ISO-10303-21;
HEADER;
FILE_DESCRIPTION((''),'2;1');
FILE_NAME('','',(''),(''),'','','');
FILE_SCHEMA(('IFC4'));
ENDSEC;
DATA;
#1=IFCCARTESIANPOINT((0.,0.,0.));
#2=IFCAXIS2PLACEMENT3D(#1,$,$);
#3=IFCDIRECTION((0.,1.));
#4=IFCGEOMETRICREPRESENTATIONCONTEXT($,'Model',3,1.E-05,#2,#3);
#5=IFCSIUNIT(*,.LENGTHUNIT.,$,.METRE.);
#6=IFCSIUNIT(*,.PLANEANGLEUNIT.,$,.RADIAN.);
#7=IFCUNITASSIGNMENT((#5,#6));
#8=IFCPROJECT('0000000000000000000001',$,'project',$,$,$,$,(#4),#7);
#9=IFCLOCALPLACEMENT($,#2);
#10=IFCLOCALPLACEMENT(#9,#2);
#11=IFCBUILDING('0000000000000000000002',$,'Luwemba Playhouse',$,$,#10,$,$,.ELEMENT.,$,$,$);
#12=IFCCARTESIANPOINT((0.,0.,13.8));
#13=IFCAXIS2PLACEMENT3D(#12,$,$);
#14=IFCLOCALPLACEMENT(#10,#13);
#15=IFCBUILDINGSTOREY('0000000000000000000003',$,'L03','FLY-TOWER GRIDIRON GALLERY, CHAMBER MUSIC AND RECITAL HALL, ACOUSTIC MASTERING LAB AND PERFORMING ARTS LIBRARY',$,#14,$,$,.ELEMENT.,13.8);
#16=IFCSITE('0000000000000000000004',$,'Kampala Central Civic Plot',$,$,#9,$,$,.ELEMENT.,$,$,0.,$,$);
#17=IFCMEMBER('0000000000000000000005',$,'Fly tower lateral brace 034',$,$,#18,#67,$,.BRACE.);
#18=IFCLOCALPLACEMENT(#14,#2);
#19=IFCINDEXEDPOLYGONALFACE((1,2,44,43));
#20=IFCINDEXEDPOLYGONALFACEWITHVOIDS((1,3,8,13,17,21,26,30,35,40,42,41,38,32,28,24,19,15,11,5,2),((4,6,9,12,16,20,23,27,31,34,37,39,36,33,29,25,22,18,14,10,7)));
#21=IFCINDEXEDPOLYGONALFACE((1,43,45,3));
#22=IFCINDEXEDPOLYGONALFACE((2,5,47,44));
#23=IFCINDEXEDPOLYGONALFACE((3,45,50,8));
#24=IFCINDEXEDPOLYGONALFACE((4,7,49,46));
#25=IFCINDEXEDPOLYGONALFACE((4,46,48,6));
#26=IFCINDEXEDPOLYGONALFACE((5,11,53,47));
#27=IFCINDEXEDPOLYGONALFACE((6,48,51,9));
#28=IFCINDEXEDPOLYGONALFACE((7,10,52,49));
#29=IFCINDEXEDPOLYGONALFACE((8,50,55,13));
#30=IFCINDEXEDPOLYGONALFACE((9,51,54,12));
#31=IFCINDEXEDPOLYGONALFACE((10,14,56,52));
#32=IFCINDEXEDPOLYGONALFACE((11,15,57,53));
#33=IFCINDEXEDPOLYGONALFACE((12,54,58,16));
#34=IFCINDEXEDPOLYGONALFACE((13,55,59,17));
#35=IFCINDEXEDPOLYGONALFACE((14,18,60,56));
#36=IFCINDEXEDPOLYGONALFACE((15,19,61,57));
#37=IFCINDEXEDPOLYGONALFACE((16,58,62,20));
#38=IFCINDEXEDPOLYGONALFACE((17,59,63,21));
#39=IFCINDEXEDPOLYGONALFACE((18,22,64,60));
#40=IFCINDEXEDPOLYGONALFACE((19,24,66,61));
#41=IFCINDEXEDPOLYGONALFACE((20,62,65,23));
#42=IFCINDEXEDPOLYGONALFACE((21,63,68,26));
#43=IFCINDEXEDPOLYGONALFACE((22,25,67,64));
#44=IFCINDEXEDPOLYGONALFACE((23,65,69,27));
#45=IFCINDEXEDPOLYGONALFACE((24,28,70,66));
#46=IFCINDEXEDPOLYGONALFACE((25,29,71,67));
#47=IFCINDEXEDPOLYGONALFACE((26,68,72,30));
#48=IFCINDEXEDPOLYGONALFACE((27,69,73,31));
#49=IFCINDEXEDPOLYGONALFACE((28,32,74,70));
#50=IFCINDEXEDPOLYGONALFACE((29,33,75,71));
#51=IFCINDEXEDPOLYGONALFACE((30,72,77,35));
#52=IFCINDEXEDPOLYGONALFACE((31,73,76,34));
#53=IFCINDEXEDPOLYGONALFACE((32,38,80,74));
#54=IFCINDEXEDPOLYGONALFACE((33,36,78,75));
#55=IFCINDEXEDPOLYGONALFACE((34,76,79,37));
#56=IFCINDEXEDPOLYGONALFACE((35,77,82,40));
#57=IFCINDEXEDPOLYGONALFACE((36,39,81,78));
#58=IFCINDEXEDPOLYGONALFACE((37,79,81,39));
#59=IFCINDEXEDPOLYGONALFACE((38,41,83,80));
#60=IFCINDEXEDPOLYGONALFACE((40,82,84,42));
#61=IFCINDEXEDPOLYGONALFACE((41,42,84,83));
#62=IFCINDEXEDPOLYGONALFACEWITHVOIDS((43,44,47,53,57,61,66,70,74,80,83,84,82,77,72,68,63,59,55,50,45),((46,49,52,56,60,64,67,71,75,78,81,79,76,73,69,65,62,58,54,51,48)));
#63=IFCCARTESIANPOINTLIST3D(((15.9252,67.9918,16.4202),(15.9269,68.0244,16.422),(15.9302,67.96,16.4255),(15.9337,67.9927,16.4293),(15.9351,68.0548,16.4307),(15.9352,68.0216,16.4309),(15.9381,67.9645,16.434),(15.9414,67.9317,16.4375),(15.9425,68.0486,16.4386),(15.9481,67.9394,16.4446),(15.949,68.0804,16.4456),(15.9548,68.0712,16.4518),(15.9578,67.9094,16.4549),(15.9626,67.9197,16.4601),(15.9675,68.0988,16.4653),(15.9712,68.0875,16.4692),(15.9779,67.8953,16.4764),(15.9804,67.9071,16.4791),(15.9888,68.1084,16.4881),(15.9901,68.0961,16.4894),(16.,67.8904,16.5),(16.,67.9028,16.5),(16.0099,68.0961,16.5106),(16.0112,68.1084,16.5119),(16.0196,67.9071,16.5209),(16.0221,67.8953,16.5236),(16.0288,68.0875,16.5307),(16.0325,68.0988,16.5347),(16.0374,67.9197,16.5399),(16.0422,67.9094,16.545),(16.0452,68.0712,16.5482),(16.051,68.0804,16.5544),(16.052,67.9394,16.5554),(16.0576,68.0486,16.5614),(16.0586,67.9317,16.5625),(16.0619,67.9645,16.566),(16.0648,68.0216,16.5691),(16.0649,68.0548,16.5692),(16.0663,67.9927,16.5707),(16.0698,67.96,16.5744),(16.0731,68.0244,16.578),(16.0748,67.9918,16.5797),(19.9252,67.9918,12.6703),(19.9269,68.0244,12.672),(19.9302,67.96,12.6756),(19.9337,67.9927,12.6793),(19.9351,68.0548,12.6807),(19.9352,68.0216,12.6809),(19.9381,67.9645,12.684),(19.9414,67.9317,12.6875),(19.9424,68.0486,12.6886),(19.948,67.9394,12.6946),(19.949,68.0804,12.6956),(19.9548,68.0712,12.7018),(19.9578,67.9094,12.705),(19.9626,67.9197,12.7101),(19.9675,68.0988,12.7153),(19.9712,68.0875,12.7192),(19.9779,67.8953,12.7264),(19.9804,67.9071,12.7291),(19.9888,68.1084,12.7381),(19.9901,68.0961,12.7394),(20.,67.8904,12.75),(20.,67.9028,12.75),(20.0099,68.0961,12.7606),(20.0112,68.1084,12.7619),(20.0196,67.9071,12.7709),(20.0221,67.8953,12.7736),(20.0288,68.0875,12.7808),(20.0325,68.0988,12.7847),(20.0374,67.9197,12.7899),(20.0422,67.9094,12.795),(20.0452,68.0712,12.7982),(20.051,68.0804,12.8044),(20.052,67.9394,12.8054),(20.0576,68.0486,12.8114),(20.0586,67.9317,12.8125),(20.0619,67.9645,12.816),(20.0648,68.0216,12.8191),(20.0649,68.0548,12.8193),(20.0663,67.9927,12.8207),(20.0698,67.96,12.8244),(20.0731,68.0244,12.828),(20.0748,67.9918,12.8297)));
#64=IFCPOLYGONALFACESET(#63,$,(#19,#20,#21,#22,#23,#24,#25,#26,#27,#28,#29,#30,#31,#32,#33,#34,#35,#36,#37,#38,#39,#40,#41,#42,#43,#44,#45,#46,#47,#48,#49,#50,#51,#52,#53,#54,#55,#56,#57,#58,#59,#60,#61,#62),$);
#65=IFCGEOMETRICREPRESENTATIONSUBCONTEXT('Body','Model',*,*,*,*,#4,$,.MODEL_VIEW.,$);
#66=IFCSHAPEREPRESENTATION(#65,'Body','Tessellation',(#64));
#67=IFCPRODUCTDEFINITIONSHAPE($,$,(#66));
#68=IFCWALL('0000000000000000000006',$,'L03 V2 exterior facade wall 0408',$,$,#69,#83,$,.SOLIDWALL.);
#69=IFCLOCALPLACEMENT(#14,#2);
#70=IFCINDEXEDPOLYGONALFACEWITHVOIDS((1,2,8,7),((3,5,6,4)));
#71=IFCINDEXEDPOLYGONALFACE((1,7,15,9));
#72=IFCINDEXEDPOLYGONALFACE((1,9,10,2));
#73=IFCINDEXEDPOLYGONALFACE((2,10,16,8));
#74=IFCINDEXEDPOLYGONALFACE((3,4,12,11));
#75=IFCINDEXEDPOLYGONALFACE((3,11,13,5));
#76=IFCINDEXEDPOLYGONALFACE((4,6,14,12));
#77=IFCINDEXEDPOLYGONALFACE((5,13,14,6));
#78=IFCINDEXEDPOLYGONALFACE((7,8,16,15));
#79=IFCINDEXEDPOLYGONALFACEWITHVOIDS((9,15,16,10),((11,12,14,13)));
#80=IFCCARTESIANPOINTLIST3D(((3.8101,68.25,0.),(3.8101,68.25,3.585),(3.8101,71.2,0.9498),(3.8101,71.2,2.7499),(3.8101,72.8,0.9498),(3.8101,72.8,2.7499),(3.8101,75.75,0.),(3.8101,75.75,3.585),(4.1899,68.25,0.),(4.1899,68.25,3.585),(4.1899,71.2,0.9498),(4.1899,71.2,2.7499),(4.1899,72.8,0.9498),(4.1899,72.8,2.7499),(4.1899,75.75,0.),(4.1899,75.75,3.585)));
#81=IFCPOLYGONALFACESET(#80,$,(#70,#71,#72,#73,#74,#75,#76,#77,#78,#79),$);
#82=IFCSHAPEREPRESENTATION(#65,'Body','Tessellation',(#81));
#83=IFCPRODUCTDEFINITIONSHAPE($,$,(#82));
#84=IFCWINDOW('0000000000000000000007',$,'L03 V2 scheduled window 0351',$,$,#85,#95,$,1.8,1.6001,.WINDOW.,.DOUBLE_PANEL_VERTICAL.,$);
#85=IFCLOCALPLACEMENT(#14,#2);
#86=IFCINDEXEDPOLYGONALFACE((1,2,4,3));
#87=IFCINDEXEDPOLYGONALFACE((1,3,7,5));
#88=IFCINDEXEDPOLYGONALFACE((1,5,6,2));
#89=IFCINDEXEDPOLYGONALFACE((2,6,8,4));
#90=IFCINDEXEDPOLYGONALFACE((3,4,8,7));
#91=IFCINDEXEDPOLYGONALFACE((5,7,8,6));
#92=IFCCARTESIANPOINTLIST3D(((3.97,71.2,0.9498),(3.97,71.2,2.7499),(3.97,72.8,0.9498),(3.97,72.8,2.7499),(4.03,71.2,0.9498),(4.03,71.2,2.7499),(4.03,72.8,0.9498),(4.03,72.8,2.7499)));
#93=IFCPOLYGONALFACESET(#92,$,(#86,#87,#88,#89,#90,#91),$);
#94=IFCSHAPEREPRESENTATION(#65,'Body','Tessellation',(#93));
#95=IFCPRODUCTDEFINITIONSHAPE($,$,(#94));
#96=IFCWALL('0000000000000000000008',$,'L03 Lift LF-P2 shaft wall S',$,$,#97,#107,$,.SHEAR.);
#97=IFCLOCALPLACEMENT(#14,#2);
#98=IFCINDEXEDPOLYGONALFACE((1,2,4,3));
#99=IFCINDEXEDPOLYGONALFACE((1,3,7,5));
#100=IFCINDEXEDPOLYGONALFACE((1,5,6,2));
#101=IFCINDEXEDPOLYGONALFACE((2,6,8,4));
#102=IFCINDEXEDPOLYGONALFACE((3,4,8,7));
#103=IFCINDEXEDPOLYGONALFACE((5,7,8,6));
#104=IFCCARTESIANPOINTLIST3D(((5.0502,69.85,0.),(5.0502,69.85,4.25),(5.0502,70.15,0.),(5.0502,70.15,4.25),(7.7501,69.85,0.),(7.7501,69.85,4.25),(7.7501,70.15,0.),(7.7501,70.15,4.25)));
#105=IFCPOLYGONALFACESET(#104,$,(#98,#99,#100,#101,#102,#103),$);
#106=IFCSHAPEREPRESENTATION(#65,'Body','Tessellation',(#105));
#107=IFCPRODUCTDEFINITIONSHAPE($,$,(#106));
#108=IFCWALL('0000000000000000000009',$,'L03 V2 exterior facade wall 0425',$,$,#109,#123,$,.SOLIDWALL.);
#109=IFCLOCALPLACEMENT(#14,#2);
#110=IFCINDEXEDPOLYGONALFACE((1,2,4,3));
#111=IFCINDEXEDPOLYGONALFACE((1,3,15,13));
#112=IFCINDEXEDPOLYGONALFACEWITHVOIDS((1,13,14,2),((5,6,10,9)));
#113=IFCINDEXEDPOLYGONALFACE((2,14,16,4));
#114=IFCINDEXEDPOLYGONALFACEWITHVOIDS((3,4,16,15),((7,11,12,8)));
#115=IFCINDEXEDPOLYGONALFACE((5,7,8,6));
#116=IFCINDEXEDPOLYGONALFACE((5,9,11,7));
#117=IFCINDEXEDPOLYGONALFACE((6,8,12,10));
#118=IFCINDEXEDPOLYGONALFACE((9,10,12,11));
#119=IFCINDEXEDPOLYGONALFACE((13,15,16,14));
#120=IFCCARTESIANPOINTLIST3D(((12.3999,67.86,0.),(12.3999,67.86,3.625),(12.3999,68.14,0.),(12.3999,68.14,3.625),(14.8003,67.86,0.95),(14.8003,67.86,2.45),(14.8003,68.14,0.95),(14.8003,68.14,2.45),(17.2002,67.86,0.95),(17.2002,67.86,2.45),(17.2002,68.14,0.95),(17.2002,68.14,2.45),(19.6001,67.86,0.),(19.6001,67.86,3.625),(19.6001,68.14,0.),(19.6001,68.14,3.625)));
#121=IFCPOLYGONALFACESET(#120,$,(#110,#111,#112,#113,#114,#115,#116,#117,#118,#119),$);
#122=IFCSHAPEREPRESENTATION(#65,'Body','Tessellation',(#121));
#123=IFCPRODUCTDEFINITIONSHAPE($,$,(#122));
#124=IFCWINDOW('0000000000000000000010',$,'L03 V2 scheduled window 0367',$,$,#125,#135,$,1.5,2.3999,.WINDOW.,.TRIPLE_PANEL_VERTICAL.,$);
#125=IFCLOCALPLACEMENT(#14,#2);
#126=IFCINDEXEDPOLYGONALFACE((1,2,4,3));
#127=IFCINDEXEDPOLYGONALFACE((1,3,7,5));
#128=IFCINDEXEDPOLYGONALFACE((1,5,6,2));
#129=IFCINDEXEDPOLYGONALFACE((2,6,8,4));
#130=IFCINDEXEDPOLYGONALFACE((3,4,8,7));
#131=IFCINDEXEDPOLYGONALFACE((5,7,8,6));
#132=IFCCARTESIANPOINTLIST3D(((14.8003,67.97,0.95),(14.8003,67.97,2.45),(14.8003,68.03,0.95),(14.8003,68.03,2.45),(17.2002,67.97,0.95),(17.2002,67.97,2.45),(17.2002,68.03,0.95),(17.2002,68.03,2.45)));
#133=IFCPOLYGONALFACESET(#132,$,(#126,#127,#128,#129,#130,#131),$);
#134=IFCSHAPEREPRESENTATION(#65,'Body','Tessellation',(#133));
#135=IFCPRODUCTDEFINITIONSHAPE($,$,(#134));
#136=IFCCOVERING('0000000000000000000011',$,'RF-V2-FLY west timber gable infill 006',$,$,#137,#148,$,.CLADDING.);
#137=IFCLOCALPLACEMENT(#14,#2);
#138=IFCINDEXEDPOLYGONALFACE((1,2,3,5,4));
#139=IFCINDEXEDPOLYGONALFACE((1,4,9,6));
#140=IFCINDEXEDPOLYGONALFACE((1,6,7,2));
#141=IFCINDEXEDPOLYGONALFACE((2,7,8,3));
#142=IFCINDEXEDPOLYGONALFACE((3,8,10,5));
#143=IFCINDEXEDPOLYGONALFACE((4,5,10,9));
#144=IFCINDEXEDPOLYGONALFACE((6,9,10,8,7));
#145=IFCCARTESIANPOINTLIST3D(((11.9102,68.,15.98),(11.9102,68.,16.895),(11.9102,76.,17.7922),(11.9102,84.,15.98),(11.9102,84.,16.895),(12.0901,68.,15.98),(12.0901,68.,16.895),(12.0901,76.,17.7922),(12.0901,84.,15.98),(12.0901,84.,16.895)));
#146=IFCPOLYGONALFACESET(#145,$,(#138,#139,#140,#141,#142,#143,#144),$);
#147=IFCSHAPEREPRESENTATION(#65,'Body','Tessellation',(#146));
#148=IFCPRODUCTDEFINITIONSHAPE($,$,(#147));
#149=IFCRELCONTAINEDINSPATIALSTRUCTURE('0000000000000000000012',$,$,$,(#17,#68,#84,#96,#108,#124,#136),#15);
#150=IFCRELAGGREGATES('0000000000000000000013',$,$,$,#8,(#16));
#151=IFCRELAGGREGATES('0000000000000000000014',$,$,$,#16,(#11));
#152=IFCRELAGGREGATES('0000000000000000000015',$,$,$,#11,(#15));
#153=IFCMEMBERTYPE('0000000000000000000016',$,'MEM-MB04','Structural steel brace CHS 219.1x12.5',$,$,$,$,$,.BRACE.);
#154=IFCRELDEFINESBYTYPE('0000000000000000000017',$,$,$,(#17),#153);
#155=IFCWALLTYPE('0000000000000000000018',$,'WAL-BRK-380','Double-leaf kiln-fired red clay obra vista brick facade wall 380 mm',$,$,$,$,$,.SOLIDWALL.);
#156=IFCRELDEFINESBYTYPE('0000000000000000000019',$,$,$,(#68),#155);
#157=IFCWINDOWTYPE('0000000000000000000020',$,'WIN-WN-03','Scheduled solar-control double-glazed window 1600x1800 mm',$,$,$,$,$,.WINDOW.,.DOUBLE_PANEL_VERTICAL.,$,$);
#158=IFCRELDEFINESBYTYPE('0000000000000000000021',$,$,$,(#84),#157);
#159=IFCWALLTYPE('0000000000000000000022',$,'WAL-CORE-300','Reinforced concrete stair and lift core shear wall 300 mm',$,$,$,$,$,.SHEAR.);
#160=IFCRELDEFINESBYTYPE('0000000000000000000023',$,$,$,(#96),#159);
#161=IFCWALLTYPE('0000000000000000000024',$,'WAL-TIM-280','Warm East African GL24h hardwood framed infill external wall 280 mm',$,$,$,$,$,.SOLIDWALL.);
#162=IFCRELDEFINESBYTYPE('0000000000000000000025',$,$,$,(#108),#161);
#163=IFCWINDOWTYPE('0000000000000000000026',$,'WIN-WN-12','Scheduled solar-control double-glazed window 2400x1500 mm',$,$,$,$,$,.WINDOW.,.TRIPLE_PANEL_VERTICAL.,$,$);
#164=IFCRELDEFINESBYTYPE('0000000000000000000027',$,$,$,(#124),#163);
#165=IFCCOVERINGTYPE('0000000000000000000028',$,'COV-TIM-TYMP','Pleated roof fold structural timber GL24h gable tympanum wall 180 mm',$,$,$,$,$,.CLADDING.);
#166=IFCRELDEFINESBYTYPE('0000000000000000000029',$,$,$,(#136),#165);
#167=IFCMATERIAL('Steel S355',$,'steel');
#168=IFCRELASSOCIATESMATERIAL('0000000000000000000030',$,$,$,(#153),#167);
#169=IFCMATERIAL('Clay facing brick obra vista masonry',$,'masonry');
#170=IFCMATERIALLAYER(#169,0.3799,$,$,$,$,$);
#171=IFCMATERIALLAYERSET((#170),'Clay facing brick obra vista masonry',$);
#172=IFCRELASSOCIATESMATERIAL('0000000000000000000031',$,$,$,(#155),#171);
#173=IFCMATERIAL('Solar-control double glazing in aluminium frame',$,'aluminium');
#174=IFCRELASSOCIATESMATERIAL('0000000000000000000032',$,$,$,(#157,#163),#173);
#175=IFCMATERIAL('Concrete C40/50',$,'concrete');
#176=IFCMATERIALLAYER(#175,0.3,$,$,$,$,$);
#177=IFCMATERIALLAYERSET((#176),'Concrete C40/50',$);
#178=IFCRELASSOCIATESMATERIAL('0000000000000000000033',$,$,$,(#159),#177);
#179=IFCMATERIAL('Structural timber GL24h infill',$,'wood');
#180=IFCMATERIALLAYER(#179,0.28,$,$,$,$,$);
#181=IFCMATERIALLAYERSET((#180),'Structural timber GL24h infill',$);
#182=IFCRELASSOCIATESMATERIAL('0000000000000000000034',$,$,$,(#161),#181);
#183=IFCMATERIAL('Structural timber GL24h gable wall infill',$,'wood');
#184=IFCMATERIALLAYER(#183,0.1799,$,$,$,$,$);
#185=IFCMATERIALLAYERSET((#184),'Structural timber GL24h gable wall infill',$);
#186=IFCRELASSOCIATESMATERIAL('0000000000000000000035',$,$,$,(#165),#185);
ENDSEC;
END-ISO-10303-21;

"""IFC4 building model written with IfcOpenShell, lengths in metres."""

from ifc_helpers import new_model, si_unit, direction, frame, frame_2d, origin, origin_2d, place, context, subcontext, project, spatial, polyline, rectangle, hollow_circle, outline, extrude, material, layer, layer_set, material_profile, profile_set, type_object, element, fill, save


model = new_model("IFC4")

# Units and contexts
model_context = context("Model", 3, precision=1e-05, world=origin(), true_north=direction((0.0, 1.0)))
body_context = subcontext(model_context, "Body", "Model", "MODEL_VIEW")
ifc_project = project(units=[si_unit("LENGTHUNIT", "METRE"), si_unit("PLANEANGLEUNIT", "RADIAN")], contexts=[model_context])

# Site, building, storey
site_placement = place(None, origin())
site = spatial("IfcSite", under=ifc_project, at=site_placement, Name="Kampala Central Civic Plot", CompositionType="ELEMENT", RefElevation=0.0)
building_placement = place(site_placement, origin())
building = spatial("IfcBuilding", under=site, at=building_placement, Name="Luwemba Playhouse", CompositionType="ELEMENT")
storey_placement = place(building_placement, frame((0.0, 0.0, 13.8)))
storey = spatial("IfcBuildingStorey", under=building, at=storey_placement, Name="L03", Description="FLY-TOWER GRIDIRON GALLERY, CHAMBER MUSIC AND RECITAL HALL, ACOUSTIC MASTERING LAB AND PERFORMING ARTS LIBRARY", CompositionType="ELEMENT", Elevation=13.8)

# Shared definitions
ifc_material_1 = material(Name="Concrete C40/50", Category="concrete")
ifc_material_2 = material(Name="Steel S355", Category="steel")

# Member
ifc_material_profile_1 = material_profile(ifc_material_2, hollow_circle(Radius=0.1096, WallThickness=0.0125, at=origin_2d()))
ifc_profile_set_1 = profile_set([ifc_material_profile_1], Name="Steel S355")
member_type_1 = type_object("IfcMemberType", Name="MEM-MB04", Description="Structural steel brace CHS 219.1x12.5", PredefinedType="BRACE", material=ifc_profile_set_1)
for number, where, z_axis, x_axis, name in (
    (1, (20.0, 68.0, 12.75), (-0.729537, 0.0, 0.683941), (0.0, -1.0, 0.0), "Fly tower lateral brace 034"),
):
    element("IfcMember", number, at=place(storey_placement, frame(where, z_axis=z_axis, x_axis=x_axis)), inside=storey, type_object=member_type_1, Name=name, PredefinedType="BRACE", context=body_context, shape_type="SweptSolid", body=[
        extrude(hollow_circle(Radius=0.1096, WallThickness=0.0125, at=origin_2d()), origin(), (0.0, 0.0, 1.0), 5.4829),
    ])

# Wall, opening, window
ifc_material_3 = material(Name="Clay facing brick obra vista masonry", Category="masonry")
ifc_layer_1 = layer(ifc_material_3, 0.3799)
ifc_layer_set_1 = layer_set([ifc_layer_1], Name="Clay facing brick obra vista masonry")
wall_type_1 = type_object("IfcWallType", Name="WAL-BRK-380", Description="Double-leaf kiln-fired red clay obra vista brick facade wall 380 mm", PredefinedType="SOLIDWALL", material=ifc_layer_set_1)
wall_1_placement = place(storey_placement, frame((4.0, 68.25, 0.0), z_axis=(0.0, 0.0, 1.0), x_axis=(0.0, 1.0, 0.0)))
wall_1 = element("IfcWall", 2, at=wall_1_placement, inside=storey, type_object=wall_type_1, Name="L03 V2 exterior facade wall 0408", PredefinedType="SOLIDWALL", context=body_context, shape_type="SweptSolid", body=[
    extrude(rectangle(XDim=7.5, YDim=0.3799, at=frame_2d((3.75, 0.0))), origin(), (0.0, 0.0, 1.0), 3.585),
])
opening_1_placement = place(wall_1_placement, frame((2.95, 0.0, 0.95)))
opening_1 = element("IfcOpeningElement", 3, at=opening_1_placement, cuts=wall_1, PredefinedType="OPENING", context=body_context, shape_type="SweptSolid", body=[
    extrude(rectangle(XDim=1.6001, YDim=1.8, at=frame_2d((0.8, 0.8999))), frame((0.0, 0.2, 0.0), z_axis=(0.0, -1.0, 0.0), x_axis=(1.0, 0.0, 0.0)), (0.0, 0.0, 1.0), 0.3999),
])
ifc_material_4 = material(Name="Solar-control double glazing in aluminium frame", Category="aluminium")
window_type_1 = type_object("IfcWindowType", Name="WIN-WN-03", Description="Scheduled solar-control double-glazed window 1600x1800 mm", PartitioningType="DOUBLE_PANEL_VERTICAL", PredefinedType="WINDOW", material=ifc_material_4)
window_1_placement = place(opening_1_placement, origin())
window_1 = element("IfcWindow", 4, at=window_1_placement, inside=storey, type_object=window_type_1, Name="L03 V2 scheduled window 0351", OverallHeight=1.8, OverallWidth=1.6001, PartitioningType="DOUBLE_PANEL_VERTICAL", PredefinedType="WINDOW", context=body_context, shape_type="SweptSolid", body=[
    extrude(rectangle(XDim=1.6001, YDim=1.8, at=frame_2d((0.8, 0.8999))), frame((0.0, 0.03, 0.0), z_axis=(0.0, -1.0, 0.0), x_axis=(1.0, 0.0, 0.0)), (0.0, 0.0, 1.0), 0.0601),
])
fill(opening_1, window_1)

# Wall
ifc_layer_2 = layer(ifc_material_1, 0.3)
ifc_layer_set_2 = layer_set([ifc_layer_2], Name="Concrete C40/50")
wall_type_2 = type_object("IfcWallType", Name="WAL-CORE-300", Description="Reinforced concrete stair and lift core shear wall 300 mm", PredefinedType="SHEAR", material=ifc_layer_set_2)
wall_2_placement = place(storey_placement, frame((5.05, 70.0, 0.0), z_axis=(0.0, 0.0, 1.0), x_axis=(1.0, 0.0, 0.0)))
element("IfcWall", 5, at=wall_2_placement, inside=storey, type_object=wall_type_2, Name="L03 Lift LF-P2 shaft wall S", PredefinedType="SHEAR", context=body_context, shape_type="SweptSolid", body=[
    extrude(rectangle(XDim=2.7, YDim=0.3, at=frame_2d((1.3501, 0.0))), origin(), (0.0, 0.0, 1.0), 4.25),
])

# Wall, opening, window
ifc_material_5 = material(Name="Structural timber GL24h infill", Category="wood")
ifc_layer_3 = layer(ifc_material_5, 0.28)
ifc_layer_set_3 = layer_set([ifc_layer_3], Name="Structural timber GL24h infill")
wall_type_3 = type_object("IfcWallType", Name="WAL-TIM-280", Description="Warm East African GL24h hardwood framed infill external wall 280 mm", PredefinedType="SOLIDWALL", material=ifc_layer_set_3)
wall_3_placement = place(storey_placement, frame((19.6001, 68.0, 0.0), z_axis=(0.0, 0.0, 1.0), x_axis=(-1.0, 0.0, 0.0)))
wall_3 = element("IfcWall", 6, at=wall_3_placement, inside=storey, type_object=wall_type_3, Name="L03 V2 exterior facade wall 0425", PredefinedType="SOLIDWALL", context=body_context, shape_type="SweptSolid", body=[
    extrude(rectangle(XDim=7.2002, YDim=0.28, at=frame_2d((3.6001, 0.0))), origin(), (0.0, 0.0, 1.0), 3.625),
])
opening_2_placement = place(wall_3_placement, frame((2.3999, 0.0, 0.95)))
opening_2 = element("IfcOpeningElement", 7, at=opening_2_placement, cuts=wall_3, PredefinedType="OPENING", context=body_context, shape_type="SweptSolid", body=[
    extrude(rectangle(XDim=2.3999, YDim=1.5, at=frame_2d((1.2, 0.75))), frame((0.0, 0.1499, 0.0), z_axis=(0.0, -1.0, 0.0), x_axis=(1.0, 0.0, 0.0)), (0.0, 0.0, 1.0), 0.3),
])
window_type_2 = type_object("IfcWindowType", Name="WIN-WN-12", Description="Scheduled solar-control double-glazed window 2400x1500 mm", PartitioningType="TRIPLE_PANEL_VERTICAL", PredefinedType="WINDOW", material=ifc_material_4)
window_2_placement = place(opening_2_placement, origin())
window_2 = element("IfcWindow", 8, at=window_2_placement, inside=storey, type_object=window_type_2, Name="L03 V2 scheduled window 0367", OverallHeight=1.5, OverallWidth=2.3999, PartitioningType="TRIPLE_PANEL_VERTICAL", PredefinedType="WINDOW", context=body_context, shape_type="SweptSolid", body=[
    extrude(rectangle(XDim=2.3999, YDim=1.5, at=frame_2d((1.2, 0.75))), frame((0.0, 0.03, 0.0), z_axis=(0.0, -1.0, 0.0), x_axis=(1.0, 0.0, 0.0)), (0.0, 0.0, 1.0), 0.0601),
])
fill(opening_2, window_2)

# Covering
ifc_material_6 = material(Name="Structural timber GL24h gable wall infill", Category="wood")
ifc_layer_4 = layer(ifc_material_6, 0.1799)
ifc_layer_set_4 = layer_set([ifc_layer_4], Name="Structural timber GL24h gable wall infill")
covering_type = type_object("IfcCoveringType", Name="COV-TIM-TYMP", Description="Pleated roof fold structural timber GL24h gable tympanum wall 180 mm", PredefinedType="CLADDING", material=ifc_layer_set_4)
covering_placement = place(storey_placement, frame((12.0, 68.0, 15.98), z_axis=(0.0, 0.0, 1.0), x_axis=(0.0, 1.0, 0.0)))
element("IfcCovering", 9, at=covering_placement, inside=storey, type_object=covering_type, Name="RF-V2-FLY west timber gable infill 006", PredefinedType="CLADDING", context=body_context, shape_type="SweptSolid", body=[
    extrude(outline(polyline([(0.0, 0.0), (16.0, 0.0), (16.0, 0.915), (8.0, 1.8123), (0.0, 0.915), (0.0, 0.0)])), frame((0.0, 0.0898, 0.0), z_axis=(0.0, -1.0, 0.0), x_axis=(1.0, 0.0, 0.0)), (0.0, 0.0, 1.0), 0.1799),
])

save(model, "model.ifc")
